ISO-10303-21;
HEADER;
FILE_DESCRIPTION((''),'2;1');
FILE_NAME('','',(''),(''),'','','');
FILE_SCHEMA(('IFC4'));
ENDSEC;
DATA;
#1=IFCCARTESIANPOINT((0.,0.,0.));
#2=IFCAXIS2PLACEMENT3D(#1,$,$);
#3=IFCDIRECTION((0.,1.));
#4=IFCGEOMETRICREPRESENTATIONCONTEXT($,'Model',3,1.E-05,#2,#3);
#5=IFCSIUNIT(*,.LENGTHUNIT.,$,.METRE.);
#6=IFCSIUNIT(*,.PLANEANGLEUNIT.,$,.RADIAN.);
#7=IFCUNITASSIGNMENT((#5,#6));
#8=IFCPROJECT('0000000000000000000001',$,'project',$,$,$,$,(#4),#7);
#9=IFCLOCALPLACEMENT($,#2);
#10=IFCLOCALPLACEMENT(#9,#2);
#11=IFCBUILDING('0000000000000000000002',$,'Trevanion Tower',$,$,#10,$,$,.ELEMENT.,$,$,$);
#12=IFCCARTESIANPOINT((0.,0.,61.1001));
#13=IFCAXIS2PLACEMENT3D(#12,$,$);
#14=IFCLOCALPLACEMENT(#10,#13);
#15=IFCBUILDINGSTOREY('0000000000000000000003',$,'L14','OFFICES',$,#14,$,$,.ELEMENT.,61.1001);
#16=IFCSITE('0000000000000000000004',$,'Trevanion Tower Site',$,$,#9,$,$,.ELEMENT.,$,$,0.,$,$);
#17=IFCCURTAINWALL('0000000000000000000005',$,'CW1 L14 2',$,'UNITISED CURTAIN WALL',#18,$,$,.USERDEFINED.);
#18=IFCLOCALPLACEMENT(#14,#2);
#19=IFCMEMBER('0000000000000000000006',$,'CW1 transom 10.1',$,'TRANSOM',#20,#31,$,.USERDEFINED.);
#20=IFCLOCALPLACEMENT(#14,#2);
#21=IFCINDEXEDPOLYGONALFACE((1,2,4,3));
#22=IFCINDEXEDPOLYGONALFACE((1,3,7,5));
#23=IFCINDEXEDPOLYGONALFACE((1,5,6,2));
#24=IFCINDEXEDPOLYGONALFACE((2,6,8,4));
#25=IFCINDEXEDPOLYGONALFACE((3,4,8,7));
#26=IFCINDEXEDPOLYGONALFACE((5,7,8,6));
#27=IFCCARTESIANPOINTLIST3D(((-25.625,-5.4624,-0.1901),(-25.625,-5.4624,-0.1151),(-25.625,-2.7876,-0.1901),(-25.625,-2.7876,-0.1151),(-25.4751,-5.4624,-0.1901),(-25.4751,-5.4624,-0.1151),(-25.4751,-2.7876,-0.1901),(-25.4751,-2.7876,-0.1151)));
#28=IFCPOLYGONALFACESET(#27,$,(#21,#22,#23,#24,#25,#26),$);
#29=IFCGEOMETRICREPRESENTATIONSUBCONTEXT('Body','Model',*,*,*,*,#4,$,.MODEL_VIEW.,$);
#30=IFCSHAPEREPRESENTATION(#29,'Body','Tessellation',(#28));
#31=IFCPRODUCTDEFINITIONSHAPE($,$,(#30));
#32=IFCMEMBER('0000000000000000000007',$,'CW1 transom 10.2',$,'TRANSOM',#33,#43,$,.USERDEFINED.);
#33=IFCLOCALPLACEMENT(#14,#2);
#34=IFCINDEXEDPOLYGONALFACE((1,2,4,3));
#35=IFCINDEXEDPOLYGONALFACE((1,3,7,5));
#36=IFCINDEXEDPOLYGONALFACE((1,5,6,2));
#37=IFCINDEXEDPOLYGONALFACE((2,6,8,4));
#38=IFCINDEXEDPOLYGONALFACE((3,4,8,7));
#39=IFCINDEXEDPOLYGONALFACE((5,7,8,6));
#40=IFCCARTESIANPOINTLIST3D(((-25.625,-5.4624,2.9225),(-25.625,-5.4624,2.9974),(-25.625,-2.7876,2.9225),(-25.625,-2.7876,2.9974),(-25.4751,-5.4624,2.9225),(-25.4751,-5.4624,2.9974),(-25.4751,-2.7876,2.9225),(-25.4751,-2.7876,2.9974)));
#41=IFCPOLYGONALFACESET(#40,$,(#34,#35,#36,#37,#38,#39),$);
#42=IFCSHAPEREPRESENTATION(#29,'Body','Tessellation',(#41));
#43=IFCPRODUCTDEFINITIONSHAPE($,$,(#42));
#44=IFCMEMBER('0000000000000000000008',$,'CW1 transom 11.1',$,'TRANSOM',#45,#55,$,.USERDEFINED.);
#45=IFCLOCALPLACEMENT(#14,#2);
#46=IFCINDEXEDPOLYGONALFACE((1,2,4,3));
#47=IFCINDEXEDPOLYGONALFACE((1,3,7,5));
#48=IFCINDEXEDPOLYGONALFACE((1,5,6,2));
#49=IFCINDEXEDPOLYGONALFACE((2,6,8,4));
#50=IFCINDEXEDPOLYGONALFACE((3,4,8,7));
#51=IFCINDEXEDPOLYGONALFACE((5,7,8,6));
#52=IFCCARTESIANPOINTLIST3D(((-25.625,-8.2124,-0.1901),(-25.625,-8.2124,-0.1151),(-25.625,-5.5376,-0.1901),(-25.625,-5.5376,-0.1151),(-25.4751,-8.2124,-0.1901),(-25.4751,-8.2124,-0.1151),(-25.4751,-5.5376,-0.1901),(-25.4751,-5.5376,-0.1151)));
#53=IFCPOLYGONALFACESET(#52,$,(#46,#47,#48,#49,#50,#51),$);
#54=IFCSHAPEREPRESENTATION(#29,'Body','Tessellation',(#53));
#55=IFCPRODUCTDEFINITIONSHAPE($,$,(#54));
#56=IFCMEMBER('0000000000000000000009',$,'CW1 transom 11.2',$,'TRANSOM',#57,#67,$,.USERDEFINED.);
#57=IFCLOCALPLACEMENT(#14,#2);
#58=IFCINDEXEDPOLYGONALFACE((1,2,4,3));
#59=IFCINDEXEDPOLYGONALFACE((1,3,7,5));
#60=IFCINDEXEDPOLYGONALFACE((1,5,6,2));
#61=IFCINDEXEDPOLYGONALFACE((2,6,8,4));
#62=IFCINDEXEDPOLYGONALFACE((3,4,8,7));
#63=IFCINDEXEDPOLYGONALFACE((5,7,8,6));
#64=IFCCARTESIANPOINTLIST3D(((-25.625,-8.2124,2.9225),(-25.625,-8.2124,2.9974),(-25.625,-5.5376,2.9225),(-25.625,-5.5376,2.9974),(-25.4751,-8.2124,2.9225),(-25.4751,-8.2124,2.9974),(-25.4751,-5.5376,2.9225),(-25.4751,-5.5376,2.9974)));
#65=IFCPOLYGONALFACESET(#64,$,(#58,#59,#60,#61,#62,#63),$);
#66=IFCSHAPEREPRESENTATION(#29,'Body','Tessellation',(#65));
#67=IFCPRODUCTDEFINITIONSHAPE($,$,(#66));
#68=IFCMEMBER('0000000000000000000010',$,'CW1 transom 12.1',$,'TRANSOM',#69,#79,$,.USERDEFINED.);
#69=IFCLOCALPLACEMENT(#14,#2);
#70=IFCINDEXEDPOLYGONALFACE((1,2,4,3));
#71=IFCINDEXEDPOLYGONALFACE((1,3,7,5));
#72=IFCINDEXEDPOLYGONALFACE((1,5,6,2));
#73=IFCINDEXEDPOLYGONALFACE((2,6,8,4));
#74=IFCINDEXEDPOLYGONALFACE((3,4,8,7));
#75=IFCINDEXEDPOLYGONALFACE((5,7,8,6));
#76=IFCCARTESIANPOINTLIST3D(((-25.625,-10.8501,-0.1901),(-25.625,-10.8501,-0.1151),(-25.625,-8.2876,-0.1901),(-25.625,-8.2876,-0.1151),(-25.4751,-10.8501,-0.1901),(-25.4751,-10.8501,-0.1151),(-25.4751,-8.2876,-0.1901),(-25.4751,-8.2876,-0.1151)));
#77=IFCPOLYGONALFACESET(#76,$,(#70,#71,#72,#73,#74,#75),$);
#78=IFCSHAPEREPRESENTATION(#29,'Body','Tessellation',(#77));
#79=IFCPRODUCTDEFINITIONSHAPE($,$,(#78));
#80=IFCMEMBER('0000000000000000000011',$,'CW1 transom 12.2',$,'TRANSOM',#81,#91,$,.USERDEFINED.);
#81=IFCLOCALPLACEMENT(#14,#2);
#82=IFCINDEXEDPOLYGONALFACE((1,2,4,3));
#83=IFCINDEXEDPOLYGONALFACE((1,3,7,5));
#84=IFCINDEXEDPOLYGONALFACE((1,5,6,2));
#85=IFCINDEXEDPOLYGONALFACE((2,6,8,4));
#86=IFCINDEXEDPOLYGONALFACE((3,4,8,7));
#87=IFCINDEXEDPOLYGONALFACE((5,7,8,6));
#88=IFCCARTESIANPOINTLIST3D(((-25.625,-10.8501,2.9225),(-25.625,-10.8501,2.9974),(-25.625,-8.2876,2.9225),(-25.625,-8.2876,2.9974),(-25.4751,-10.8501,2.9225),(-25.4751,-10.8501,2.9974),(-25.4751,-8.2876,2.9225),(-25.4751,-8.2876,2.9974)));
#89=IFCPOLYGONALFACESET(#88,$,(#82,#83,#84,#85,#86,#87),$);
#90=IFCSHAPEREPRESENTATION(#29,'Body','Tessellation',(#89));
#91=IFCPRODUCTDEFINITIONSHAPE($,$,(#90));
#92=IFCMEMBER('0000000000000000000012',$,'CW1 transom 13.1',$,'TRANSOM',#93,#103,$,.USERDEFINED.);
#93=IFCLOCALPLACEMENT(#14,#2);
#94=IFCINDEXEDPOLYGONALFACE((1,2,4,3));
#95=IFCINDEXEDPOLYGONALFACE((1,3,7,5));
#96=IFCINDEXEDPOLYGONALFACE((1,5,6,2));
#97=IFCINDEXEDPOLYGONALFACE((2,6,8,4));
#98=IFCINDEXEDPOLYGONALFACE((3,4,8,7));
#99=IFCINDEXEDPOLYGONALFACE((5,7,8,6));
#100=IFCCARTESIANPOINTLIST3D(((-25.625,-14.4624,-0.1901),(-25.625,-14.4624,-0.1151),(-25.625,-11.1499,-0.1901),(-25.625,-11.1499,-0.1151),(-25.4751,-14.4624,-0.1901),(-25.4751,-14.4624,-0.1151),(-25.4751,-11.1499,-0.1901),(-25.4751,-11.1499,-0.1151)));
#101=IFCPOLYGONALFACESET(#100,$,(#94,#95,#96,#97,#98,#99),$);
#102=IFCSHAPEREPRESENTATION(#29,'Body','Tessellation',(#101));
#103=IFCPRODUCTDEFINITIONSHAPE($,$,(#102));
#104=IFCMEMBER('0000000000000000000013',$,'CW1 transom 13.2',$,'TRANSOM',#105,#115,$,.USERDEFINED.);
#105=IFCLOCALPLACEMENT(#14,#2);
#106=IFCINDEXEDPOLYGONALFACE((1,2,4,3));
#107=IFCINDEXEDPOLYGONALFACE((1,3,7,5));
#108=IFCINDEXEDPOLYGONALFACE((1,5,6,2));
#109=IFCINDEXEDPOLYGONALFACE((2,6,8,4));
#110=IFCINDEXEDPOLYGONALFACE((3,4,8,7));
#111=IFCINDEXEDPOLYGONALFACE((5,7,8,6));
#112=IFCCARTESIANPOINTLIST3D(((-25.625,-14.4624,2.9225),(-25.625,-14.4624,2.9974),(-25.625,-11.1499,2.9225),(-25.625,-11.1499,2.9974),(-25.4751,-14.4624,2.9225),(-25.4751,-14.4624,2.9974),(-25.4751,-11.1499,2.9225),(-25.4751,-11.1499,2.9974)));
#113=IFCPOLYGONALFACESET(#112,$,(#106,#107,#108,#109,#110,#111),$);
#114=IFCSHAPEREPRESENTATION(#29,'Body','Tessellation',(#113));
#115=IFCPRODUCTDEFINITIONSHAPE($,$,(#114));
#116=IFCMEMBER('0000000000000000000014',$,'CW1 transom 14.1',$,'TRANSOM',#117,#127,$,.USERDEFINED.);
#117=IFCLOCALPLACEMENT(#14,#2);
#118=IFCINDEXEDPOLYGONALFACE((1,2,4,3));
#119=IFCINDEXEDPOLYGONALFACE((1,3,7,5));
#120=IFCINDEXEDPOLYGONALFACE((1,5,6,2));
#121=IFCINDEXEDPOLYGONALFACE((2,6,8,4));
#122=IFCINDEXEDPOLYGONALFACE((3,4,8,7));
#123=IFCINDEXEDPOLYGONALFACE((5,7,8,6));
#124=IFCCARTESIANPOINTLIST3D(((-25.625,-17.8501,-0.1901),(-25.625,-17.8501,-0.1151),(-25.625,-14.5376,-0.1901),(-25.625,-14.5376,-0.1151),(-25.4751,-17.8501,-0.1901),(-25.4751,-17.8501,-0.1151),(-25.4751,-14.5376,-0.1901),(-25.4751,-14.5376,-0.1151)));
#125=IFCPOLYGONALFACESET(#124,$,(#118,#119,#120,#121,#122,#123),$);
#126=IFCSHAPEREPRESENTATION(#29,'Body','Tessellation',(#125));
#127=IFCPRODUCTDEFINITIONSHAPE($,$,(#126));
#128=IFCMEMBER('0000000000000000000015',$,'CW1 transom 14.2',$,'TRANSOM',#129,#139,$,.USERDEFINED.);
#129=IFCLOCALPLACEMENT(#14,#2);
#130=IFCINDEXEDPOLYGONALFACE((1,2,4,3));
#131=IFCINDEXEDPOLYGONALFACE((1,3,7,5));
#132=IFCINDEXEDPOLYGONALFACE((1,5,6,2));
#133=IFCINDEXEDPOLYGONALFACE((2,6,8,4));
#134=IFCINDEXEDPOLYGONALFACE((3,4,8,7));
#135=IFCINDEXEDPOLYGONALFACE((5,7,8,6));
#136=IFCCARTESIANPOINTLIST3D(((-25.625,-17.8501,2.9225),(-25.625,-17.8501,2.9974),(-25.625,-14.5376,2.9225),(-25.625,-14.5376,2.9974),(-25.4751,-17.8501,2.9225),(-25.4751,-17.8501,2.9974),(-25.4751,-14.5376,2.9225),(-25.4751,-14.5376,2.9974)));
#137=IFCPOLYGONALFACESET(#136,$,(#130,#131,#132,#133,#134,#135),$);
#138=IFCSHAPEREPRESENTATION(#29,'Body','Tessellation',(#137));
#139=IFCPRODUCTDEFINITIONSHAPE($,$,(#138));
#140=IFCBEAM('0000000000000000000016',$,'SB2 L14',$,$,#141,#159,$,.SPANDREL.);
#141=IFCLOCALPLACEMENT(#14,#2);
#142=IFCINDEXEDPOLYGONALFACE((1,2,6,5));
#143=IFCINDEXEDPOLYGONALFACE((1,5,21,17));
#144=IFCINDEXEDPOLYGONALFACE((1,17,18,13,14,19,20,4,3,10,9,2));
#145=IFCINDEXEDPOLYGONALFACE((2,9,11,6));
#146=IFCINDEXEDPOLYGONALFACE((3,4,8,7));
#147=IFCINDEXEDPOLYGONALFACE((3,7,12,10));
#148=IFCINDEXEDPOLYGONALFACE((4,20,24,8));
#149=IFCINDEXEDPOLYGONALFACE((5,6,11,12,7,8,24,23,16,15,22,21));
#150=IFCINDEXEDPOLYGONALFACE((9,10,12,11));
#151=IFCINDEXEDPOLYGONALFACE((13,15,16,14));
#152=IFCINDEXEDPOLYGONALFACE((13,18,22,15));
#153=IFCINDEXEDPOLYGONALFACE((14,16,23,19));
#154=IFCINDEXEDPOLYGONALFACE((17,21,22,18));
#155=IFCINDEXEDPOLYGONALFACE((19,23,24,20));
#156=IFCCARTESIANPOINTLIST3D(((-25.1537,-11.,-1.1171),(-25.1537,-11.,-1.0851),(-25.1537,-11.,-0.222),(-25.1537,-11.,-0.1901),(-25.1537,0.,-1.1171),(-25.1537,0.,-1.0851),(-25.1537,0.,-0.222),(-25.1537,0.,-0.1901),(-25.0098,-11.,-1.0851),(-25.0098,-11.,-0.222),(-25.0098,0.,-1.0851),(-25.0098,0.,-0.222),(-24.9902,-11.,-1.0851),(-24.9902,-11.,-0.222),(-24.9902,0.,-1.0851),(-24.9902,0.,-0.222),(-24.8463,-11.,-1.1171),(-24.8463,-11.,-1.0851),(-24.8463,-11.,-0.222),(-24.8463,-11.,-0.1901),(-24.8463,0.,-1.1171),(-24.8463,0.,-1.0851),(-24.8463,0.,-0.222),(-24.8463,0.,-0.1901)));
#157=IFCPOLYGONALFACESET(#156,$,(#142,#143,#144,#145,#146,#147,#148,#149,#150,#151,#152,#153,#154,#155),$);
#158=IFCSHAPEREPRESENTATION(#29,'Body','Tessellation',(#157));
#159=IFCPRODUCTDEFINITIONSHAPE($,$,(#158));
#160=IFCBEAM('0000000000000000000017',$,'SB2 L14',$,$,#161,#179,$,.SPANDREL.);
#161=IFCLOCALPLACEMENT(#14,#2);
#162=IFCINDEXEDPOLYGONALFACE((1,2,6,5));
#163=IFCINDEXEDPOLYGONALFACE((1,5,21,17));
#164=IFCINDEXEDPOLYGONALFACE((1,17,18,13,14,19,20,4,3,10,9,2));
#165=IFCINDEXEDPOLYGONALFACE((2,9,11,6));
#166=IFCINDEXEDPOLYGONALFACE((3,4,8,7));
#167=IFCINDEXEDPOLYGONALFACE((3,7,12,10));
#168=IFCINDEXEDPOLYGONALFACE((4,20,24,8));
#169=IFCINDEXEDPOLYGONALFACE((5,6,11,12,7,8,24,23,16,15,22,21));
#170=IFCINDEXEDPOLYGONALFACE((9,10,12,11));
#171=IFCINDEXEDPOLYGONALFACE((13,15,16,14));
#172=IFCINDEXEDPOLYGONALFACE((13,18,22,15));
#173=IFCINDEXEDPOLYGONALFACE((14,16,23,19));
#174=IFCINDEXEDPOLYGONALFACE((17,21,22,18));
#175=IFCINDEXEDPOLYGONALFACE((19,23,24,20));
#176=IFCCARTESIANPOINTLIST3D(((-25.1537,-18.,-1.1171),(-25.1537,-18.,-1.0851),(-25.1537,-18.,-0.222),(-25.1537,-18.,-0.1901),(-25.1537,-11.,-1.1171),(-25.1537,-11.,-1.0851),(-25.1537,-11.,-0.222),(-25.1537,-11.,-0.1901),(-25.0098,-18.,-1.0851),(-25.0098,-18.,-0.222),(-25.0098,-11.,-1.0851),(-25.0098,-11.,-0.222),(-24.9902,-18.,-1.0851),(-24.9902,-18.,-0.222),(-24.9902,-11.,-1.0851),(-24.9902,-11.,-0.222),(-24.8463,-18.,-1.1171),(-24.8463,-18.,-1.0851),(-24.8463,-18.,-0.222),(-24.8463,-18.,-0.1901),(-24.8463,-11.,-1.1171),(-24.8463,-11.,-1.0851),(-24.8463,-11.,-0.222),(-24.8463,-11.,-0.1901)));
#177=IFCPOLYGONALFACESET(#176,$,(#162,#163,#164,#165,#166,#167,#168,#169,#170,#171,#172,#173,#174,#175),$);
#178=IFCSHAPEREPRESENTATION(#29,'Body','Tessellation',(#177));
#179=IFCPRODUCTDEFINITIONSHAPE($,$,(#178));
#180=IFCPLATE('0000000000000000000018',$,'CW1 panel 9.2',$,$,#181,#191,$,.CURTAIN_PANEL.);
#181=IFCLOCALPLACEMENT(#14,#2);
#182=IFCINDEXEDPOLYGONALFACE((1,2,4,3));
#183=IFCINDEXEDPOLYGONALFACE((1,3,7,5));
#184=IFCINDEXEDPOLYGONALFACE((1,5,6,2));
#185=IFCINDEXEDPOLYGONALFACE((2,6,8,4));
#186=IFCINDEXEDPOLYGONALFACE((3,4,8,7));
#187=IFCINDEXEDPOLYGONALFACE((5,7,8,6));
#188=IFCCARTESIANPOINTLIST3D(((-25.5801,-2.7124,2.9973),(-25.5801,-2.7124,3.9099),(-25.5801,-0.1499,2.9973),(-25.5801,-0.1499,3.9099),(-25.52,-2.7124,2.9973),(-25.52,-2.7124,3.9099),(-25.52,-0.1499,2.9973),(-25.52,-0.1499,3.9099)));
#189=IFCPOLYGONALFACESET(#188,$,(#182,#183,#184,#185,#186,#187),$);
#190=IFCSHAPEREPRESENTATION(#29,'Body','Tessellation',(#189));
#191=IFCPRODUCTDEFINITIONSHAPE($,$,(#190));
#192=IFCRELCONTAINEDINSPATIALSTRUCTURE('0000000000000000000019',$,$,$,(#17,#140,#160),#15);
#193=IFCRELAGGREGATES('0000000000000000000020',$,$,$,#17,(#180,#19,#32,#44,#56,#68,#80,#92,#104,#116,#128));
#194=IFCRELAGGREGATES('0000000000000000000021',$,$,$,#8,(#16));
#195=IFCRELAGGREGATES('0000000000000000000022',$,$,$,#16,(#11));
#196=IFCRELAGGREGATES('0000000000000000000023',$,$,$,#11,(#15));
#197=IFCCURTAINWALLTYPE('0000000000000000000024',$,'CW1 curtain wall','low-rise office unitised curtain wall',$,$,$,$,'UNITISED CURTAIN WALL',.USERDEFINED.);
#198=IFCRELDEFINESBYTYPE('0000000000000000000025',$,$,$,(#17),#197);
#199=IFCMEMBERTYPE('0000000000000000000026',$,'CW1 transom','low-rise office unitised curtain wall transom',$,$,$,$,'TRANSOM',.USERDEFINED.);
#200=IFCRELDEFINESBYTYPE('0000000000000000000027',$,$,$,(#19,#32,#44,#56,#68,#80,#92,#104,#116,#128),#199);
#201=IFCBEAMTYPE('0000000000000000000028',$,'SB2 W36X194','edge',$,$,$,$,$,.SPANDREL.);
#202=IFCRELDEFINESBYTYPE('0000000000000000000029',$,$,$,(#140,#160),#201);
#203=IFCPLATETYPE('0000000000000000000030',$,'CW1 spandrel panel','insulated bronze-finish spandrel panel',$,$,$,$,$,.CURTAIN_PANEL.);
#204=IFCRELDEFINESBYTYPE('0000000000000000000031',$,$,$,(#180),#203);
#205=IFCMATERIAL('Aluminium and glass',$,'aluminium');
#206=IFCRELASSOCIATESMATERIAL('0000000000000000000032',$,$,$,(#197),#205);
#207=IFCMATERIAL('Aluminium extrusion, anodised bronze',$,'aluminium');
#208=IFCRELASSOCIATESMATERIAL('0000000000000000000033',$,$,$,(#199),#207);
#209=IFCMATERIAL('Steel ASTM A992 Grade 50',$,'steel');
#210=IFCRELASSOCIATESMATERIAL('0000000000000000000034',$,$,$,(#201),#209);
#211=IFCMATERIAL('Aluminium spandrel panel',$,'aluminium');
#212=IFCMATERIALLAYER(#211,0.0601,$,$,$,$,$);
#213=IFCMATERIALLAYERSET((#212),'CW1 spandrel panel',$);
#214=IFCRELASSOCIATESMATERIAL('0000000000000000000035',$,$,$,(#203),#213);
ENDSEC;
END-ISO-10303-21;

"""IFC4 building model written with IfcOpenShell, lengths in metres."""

from ifc_helpers import new_model, si_unit, direction, frame, origin, origin_2d, place, context, subcontext, project, spatial, rectangle, i_section, extrude, material, layer, layer_set, material_profile, profile_set, type_object, element, aggregate, save


model = new_model("IFC4")

# Units and contexts
model_context = context("Model", 3, precision=1e-05, world=origin(), true_north=direction((0.0, 1.0)))
body_context = subcontext(model_context, "Body", "Model", "MODEL_VIEW")
ifc_project = project(units=[si_unit("LENGTHUNIT", "METRE"), si_unit("PLANEANGLEUNIT", "RADIAN")], contexts=[model_context])

# Site, building, storey
site_placement = place(None, origin())
site = spatial("IfcSite", under=ifc_project, at=site_placement, Name="Trevanion Tower Site", CompositionType="ELEMENT", RefElevation=0.0)
building_placement = place(site_placement, origin())
building = spatial("IfcBuilding", under=site, at=building_placement, Name="Trevanion Tower", CompositionType="ELEMENT")
storey_placement = place(building_placement, frame((0.0, 0.0, 61.1001)))
storey = spatial("IfcBuildingStorey", under=building, at=storey_placement, Name="L14", Description="OFFICES", CompositionType="ELEMENT", Elevation=61.1001)

# Curtain wall, members
ifc_material_1 = material(Name="Aluminium and glass", Category="aluminium")
curtain_wall_type = type_object("IfcCurtainWallType", Name="CW1 curtain wall", Description="low-rise office unitised curtain wall", ElementType="UNITISED CURTAIN WALL", PredefinedType="USERDEFINED", material=ifc_material_1)
curtain_wall_placement = place(storey_placement, origin())
curtain_wall = element("IfcCurtainWall", 1, at=curtain_wall_placement, inside=storey, type_object=curtain_wall_type, Name="CW1 L14 2", ObjectType="UNITISED CURTAIN WALL", PredefinedType="USERDEFINED")
ifc_material_2 = material(Name="Aluminium extrusion, anodised bronze", Category="aluminium")
ifc_material_profile_1 = material_profile(ifc_material_2, rectangle(XDim=0.1499, YDim=0.075, at=origin_2d()), Name="CW1 transom")
ifc_profile_set_1 = profile_set([ifc_material_profile_1], Name="Aluminium extrusion, anodised bronze")
member_type_1 = type_object("IfcMemberType", Name="CW1 transom", Description="low-rise office unitised curtain wall transom", ElementType="TRANSOM", PredefinedType="USERDEFINED", material=ifc_profile_set_1)
member_1_placement = place(storey_placement, frame((-25.55, -2.7876, -0.1526), z_axis=(0.0, -1.0, 0.0), x_axis=(1.0, 0.0, 0.0)))
member_1 = element("IfcMember", 2, at=member_1_placement, type_object=member_type_1, Name="CW1 transom 10.1", ObjectType="TRANSOM", PredefinedType="USERDEFINED", context=body_context, shape_type="SweptSolid", body=[
    extrude(rectangle(XDim=0.1499, YDim=0.075, at=origin_2d()), origin(), (0.0, 0.0, 1.0), 2.6748),
])
member_2_placement = place(storey_placement, frame((-25.55, -2.7876, 2.96), z_axis=(0.0, -1.0, 0.0), x_axis=(1.0, 0.0, 0.0)))
member_2 = element("IfcMember", 3, at=member_2_placement, type_object=member_type_1, Name="CW1 transom 10.2", ObjectType="TRANSOM", PredefinedType="USERDEFINED", context=body_context, shape_type="SweptSolid", body=[
    extrude(rectangle(XDim=0.1499, YDim=0.075, at=origin_2d()), origin(), (0.0, 0.0, 1.0), 2.6748),
])
member_3_placement = place(storey_placement, frame((-25.55, -5.5376, -0.1526), z_axis=(0.0, -1.0, 0.0), x_axis=(1.0, 0.0, 0.0)))
member_3 = element("IfcMember", 4, at=member_3_placement, type_object=member_type_1, Name="CW1 transom 11.1", ObjectType="TRANSOM", PredefinedType="USERDEFINED", context=body_context, shape_type="SweptSolid", body=[
    extrude(rectangle(XDim=0.1499, YDim=0.075, at=origin_2d()), origin(), (0.0, 0.0, 1.0), 2.6748),
])
member_4_placement = place(storey_placement, frame((-25.55, -5.5376, 2.96), z_axis=(0.0, -1.0, 0.0), x_axis=(1.0, 0.0, 0.0)))
member_4 = element("IfcMember", 5, at=member_4_placement, type_object=member_type_1, Name="CW1 transom 11.2", ObjectType="TRANSOM", PredefinedType="USERDEFINED", context=body_context, shape_type="SweptSolid", body=[
    extrude(rectangle(XDim=0.1499, YDim=0.075, at=origin_2d()), origin(), (0.0, 0.0, 1.0), 2.6748),
])
member_5_placement = place(storey_placement, frame((-25.55, -8.2876, -0.1526), z_axis=(0.0, -1.0, 0.0), x_axis=(1.0, 0.0, 0.0)))
member_5 = element("IfcMember", 6, at=member_5_placement, type_object=member_type_1, Name="CW1 transom 12.1", ObjectType="TRANSOM", PredefinedType="USERDEFINED", context=body_context, shape_type="SweptSolid", body=[
    extrude(rectangle(XDim=0.1499, YDim=0.075, at=origin_2d()), origin(), (0.0, 0.0, 1.0), 2.5625),
])
member_6_placement = place(storey_placement, frame((-25.55, -8.2876, 2.96), z_axis=(0.0, -1.0, 0.0), x_axis=(1.0, 0.0, 0.0)))
member_6 = element("IfcMember", 7, at=member_6_placement, type_object=member_type_1, Name="CW1 transom 12.2", ObjectType="TRANSOM", PredefinedType="USERDEFINED", context=body_context, shape_type="SweptSolid", body=[
    extrude(rectangle(XDim=0.1499, YDim=0.075, at=origin_2d()), origin(), (0.0, 0.0, 1.0), 2.5625),
])
member_7_placement = place(storey_placement, frame((-25.55, -11.1499, -0.1526), z_axis=(0.0, -1.0, 0.0), x_axis=(1.0, 0.0, 0.0)))
member_7 = element("IfcMember", 8, at=member_7_placement, type_object=member_type_1, Name="CW1 transom 13.1", ObjectType="TRANSOM", PredefinedType="USERDEFINED", context=body_context, shape_type="SweptSolid", body=[
    extrude(rectangle(XDim=0.1499, YDim=0.075, at=origin_2d()), origin(), (0.0, 0.0, 1.0), 3.3125),
])
member_8_placement = place(storey_placement, frame((-25.55, -11.1499, 2.96), z_axis=(0.0, -1.0, 0.0), x_axis=(1.0, 0.0, 0.0)))
member_8 = element("IfcMember", 9, at=member_8_placement, type_object=member_type_1, Name="CW1 transom 13.2", ObjectType="TRANSOM", PredefinedType="USERDEFINED", context=body_context, shape_type="SweptSolid", body=[
    extrude(rectangle(XDim=0.1499, YDim=0.075, at=origin_2d()), origin(), (0.0, 0.0, 1.0), 3.3125),
])
member_9_placement = place(storey_placement, frame((-25.55, -14.5376, -0.1526), z_axis=(0.0, -1.0, 0.0), x_axis=(1.0, 0.0, 0.0)))
member_9 = element("IfcMember", 10, at=member_9_placement, type_object=member_type_1, Name="CW1 transom 14.1", ObjectType="TRANSOM", PredefinedType="USERDEFINED", context=body_context, shape_type="SweptSolid", body=[
    extrude(rectangle(XDim=0.1499, YDim=0.075, at=origin_2d()), origin(), (0.0, 0.0, 1.0), 3.3125),
])
member_10_placement = place(storey_placement, frame((-25.55, -14.5376, 2.96), z_axis=(0.0, -1.0, 0.0), x_axis=(1.0, 0.0, 0.0)))
member_10 = element("IfcMember", 11, at=member_10_placement, type_object=member_type_1, Name="CW1 transom 14.2", ObjectType="TRANSOM", PredefinedType="USERDEFINED", context=body_context, shape_type="SweptSolid", body=[
    extrude(rectangle(XDim=0.1499, YDim=0.075, at=origin_2d()), origin(), (0.0, 0.0, 1.0), 3.3125),
])

# Beams
ifc_material_3 = material(Name="Steel ASTM A992 Grade 50", Category="steel")
ifc_material_profile_2 = material_profile(ifc_material_3, i_section(OverallWidth=0.3074, OverallDepth=0.927, WebThickness=0.0195, FlangeThickness=0.032, at=origin_2d()), Name="W36X194")
ifc_profile_set_2 = profile_set([ifc_material_profile_2], Name="Steel ASTM A992 Grade 50")
beam_type_1 = type_object("IfcBeamType", Name="SB2 W36X194", Description="edge", PredefinedType="SPANDREL", material=ifc_profile_set_2)
beam_1_placement = place(storey_placement, frame((-25.0, 0.0, -0.6536), z_axis=(0.0, -1.0, 0.0), x_axis=(1.0, 0.0, 0.0)))
element("IfcBeam", 12, at=beam_1_placement, inside=storey, type_object=beam_type_1, Name="SB2 L14", PredefinedType="SPANDREL", context=body_context, shape_type="SweptSolid", body=[
    extrude(i_section(OverallWidth=0.3074, OverallDepth=0.927, WebThickness=0.0195, FlangeThickness=0.032, at=origin_2d()), origin(), (0.0, 0.0, 1.0), 11.0),
])
beam_2_placement = place(storey_placement, frame((-25.0, -11.0, -0.6536), z_axis=(0.0, -1.0, 0.0), x_axis=(1.0, 0.0, 0.0)))
element("IfcBeam", 13, at=beam_2_placement, inside=storey, type_object=beam_type_1, Name="SB2 L14", PredefinedType="SPANDREL", context=body_context, shape_type="SweptSolid", body=[
    extrude(i_section(OverallWidth=0.3074, OverallDepth=0.927, WebThickness=0.0195, FlangeThickness=0.032, at=origin_2d()), origin(), (0.0, 0.0, 1.0), 7.0),
])

# Plate
ifc_material_4 = material(Name="Aluminium spandrel panel", Category="aluminium")
ifc_layer_1 = layer(ifc_material_4, 0.0601)
ifc_layer_set_1 = layer_set([ifc_layer_1], Name="CW1 spandrel panel")
plate_type_1 = type_object("IfcPlateType", Name="CW1 spandrel panel", Description="insulated bronze-finish spandrel panel", PredefinedType="CURTAIN_PANEL", material=ifc_layer_set_1)
plate_1_placement = place(storey_placement, frame((-25.55, -1.4312, 2.9973), z_axis=(0.0, 0.0, 1.0), x_axis=(0.0, -1.0, 0.0)))
plate_1 = element("IfcPlate", 14, at=plate_1_placement, type_object=plate_type_1, Name="CW1 panel 9.2", PredefinedType="CURTAIN_PANEL", context=body_context, shape_type="SweptSolid", body=[
    extrude(rectangle(XDim=2.5625, YDim=0.0601, at=origin_2d()), origin(), (0.0, 0.0, 1.0), 0.9126),
])
aggregate(curtain_wall, [plate_1, member_1, member_2, member_3, member_4, member_5, member_6, member_7, member_8, member_9, member_10])

save(model, "model.ifc")
